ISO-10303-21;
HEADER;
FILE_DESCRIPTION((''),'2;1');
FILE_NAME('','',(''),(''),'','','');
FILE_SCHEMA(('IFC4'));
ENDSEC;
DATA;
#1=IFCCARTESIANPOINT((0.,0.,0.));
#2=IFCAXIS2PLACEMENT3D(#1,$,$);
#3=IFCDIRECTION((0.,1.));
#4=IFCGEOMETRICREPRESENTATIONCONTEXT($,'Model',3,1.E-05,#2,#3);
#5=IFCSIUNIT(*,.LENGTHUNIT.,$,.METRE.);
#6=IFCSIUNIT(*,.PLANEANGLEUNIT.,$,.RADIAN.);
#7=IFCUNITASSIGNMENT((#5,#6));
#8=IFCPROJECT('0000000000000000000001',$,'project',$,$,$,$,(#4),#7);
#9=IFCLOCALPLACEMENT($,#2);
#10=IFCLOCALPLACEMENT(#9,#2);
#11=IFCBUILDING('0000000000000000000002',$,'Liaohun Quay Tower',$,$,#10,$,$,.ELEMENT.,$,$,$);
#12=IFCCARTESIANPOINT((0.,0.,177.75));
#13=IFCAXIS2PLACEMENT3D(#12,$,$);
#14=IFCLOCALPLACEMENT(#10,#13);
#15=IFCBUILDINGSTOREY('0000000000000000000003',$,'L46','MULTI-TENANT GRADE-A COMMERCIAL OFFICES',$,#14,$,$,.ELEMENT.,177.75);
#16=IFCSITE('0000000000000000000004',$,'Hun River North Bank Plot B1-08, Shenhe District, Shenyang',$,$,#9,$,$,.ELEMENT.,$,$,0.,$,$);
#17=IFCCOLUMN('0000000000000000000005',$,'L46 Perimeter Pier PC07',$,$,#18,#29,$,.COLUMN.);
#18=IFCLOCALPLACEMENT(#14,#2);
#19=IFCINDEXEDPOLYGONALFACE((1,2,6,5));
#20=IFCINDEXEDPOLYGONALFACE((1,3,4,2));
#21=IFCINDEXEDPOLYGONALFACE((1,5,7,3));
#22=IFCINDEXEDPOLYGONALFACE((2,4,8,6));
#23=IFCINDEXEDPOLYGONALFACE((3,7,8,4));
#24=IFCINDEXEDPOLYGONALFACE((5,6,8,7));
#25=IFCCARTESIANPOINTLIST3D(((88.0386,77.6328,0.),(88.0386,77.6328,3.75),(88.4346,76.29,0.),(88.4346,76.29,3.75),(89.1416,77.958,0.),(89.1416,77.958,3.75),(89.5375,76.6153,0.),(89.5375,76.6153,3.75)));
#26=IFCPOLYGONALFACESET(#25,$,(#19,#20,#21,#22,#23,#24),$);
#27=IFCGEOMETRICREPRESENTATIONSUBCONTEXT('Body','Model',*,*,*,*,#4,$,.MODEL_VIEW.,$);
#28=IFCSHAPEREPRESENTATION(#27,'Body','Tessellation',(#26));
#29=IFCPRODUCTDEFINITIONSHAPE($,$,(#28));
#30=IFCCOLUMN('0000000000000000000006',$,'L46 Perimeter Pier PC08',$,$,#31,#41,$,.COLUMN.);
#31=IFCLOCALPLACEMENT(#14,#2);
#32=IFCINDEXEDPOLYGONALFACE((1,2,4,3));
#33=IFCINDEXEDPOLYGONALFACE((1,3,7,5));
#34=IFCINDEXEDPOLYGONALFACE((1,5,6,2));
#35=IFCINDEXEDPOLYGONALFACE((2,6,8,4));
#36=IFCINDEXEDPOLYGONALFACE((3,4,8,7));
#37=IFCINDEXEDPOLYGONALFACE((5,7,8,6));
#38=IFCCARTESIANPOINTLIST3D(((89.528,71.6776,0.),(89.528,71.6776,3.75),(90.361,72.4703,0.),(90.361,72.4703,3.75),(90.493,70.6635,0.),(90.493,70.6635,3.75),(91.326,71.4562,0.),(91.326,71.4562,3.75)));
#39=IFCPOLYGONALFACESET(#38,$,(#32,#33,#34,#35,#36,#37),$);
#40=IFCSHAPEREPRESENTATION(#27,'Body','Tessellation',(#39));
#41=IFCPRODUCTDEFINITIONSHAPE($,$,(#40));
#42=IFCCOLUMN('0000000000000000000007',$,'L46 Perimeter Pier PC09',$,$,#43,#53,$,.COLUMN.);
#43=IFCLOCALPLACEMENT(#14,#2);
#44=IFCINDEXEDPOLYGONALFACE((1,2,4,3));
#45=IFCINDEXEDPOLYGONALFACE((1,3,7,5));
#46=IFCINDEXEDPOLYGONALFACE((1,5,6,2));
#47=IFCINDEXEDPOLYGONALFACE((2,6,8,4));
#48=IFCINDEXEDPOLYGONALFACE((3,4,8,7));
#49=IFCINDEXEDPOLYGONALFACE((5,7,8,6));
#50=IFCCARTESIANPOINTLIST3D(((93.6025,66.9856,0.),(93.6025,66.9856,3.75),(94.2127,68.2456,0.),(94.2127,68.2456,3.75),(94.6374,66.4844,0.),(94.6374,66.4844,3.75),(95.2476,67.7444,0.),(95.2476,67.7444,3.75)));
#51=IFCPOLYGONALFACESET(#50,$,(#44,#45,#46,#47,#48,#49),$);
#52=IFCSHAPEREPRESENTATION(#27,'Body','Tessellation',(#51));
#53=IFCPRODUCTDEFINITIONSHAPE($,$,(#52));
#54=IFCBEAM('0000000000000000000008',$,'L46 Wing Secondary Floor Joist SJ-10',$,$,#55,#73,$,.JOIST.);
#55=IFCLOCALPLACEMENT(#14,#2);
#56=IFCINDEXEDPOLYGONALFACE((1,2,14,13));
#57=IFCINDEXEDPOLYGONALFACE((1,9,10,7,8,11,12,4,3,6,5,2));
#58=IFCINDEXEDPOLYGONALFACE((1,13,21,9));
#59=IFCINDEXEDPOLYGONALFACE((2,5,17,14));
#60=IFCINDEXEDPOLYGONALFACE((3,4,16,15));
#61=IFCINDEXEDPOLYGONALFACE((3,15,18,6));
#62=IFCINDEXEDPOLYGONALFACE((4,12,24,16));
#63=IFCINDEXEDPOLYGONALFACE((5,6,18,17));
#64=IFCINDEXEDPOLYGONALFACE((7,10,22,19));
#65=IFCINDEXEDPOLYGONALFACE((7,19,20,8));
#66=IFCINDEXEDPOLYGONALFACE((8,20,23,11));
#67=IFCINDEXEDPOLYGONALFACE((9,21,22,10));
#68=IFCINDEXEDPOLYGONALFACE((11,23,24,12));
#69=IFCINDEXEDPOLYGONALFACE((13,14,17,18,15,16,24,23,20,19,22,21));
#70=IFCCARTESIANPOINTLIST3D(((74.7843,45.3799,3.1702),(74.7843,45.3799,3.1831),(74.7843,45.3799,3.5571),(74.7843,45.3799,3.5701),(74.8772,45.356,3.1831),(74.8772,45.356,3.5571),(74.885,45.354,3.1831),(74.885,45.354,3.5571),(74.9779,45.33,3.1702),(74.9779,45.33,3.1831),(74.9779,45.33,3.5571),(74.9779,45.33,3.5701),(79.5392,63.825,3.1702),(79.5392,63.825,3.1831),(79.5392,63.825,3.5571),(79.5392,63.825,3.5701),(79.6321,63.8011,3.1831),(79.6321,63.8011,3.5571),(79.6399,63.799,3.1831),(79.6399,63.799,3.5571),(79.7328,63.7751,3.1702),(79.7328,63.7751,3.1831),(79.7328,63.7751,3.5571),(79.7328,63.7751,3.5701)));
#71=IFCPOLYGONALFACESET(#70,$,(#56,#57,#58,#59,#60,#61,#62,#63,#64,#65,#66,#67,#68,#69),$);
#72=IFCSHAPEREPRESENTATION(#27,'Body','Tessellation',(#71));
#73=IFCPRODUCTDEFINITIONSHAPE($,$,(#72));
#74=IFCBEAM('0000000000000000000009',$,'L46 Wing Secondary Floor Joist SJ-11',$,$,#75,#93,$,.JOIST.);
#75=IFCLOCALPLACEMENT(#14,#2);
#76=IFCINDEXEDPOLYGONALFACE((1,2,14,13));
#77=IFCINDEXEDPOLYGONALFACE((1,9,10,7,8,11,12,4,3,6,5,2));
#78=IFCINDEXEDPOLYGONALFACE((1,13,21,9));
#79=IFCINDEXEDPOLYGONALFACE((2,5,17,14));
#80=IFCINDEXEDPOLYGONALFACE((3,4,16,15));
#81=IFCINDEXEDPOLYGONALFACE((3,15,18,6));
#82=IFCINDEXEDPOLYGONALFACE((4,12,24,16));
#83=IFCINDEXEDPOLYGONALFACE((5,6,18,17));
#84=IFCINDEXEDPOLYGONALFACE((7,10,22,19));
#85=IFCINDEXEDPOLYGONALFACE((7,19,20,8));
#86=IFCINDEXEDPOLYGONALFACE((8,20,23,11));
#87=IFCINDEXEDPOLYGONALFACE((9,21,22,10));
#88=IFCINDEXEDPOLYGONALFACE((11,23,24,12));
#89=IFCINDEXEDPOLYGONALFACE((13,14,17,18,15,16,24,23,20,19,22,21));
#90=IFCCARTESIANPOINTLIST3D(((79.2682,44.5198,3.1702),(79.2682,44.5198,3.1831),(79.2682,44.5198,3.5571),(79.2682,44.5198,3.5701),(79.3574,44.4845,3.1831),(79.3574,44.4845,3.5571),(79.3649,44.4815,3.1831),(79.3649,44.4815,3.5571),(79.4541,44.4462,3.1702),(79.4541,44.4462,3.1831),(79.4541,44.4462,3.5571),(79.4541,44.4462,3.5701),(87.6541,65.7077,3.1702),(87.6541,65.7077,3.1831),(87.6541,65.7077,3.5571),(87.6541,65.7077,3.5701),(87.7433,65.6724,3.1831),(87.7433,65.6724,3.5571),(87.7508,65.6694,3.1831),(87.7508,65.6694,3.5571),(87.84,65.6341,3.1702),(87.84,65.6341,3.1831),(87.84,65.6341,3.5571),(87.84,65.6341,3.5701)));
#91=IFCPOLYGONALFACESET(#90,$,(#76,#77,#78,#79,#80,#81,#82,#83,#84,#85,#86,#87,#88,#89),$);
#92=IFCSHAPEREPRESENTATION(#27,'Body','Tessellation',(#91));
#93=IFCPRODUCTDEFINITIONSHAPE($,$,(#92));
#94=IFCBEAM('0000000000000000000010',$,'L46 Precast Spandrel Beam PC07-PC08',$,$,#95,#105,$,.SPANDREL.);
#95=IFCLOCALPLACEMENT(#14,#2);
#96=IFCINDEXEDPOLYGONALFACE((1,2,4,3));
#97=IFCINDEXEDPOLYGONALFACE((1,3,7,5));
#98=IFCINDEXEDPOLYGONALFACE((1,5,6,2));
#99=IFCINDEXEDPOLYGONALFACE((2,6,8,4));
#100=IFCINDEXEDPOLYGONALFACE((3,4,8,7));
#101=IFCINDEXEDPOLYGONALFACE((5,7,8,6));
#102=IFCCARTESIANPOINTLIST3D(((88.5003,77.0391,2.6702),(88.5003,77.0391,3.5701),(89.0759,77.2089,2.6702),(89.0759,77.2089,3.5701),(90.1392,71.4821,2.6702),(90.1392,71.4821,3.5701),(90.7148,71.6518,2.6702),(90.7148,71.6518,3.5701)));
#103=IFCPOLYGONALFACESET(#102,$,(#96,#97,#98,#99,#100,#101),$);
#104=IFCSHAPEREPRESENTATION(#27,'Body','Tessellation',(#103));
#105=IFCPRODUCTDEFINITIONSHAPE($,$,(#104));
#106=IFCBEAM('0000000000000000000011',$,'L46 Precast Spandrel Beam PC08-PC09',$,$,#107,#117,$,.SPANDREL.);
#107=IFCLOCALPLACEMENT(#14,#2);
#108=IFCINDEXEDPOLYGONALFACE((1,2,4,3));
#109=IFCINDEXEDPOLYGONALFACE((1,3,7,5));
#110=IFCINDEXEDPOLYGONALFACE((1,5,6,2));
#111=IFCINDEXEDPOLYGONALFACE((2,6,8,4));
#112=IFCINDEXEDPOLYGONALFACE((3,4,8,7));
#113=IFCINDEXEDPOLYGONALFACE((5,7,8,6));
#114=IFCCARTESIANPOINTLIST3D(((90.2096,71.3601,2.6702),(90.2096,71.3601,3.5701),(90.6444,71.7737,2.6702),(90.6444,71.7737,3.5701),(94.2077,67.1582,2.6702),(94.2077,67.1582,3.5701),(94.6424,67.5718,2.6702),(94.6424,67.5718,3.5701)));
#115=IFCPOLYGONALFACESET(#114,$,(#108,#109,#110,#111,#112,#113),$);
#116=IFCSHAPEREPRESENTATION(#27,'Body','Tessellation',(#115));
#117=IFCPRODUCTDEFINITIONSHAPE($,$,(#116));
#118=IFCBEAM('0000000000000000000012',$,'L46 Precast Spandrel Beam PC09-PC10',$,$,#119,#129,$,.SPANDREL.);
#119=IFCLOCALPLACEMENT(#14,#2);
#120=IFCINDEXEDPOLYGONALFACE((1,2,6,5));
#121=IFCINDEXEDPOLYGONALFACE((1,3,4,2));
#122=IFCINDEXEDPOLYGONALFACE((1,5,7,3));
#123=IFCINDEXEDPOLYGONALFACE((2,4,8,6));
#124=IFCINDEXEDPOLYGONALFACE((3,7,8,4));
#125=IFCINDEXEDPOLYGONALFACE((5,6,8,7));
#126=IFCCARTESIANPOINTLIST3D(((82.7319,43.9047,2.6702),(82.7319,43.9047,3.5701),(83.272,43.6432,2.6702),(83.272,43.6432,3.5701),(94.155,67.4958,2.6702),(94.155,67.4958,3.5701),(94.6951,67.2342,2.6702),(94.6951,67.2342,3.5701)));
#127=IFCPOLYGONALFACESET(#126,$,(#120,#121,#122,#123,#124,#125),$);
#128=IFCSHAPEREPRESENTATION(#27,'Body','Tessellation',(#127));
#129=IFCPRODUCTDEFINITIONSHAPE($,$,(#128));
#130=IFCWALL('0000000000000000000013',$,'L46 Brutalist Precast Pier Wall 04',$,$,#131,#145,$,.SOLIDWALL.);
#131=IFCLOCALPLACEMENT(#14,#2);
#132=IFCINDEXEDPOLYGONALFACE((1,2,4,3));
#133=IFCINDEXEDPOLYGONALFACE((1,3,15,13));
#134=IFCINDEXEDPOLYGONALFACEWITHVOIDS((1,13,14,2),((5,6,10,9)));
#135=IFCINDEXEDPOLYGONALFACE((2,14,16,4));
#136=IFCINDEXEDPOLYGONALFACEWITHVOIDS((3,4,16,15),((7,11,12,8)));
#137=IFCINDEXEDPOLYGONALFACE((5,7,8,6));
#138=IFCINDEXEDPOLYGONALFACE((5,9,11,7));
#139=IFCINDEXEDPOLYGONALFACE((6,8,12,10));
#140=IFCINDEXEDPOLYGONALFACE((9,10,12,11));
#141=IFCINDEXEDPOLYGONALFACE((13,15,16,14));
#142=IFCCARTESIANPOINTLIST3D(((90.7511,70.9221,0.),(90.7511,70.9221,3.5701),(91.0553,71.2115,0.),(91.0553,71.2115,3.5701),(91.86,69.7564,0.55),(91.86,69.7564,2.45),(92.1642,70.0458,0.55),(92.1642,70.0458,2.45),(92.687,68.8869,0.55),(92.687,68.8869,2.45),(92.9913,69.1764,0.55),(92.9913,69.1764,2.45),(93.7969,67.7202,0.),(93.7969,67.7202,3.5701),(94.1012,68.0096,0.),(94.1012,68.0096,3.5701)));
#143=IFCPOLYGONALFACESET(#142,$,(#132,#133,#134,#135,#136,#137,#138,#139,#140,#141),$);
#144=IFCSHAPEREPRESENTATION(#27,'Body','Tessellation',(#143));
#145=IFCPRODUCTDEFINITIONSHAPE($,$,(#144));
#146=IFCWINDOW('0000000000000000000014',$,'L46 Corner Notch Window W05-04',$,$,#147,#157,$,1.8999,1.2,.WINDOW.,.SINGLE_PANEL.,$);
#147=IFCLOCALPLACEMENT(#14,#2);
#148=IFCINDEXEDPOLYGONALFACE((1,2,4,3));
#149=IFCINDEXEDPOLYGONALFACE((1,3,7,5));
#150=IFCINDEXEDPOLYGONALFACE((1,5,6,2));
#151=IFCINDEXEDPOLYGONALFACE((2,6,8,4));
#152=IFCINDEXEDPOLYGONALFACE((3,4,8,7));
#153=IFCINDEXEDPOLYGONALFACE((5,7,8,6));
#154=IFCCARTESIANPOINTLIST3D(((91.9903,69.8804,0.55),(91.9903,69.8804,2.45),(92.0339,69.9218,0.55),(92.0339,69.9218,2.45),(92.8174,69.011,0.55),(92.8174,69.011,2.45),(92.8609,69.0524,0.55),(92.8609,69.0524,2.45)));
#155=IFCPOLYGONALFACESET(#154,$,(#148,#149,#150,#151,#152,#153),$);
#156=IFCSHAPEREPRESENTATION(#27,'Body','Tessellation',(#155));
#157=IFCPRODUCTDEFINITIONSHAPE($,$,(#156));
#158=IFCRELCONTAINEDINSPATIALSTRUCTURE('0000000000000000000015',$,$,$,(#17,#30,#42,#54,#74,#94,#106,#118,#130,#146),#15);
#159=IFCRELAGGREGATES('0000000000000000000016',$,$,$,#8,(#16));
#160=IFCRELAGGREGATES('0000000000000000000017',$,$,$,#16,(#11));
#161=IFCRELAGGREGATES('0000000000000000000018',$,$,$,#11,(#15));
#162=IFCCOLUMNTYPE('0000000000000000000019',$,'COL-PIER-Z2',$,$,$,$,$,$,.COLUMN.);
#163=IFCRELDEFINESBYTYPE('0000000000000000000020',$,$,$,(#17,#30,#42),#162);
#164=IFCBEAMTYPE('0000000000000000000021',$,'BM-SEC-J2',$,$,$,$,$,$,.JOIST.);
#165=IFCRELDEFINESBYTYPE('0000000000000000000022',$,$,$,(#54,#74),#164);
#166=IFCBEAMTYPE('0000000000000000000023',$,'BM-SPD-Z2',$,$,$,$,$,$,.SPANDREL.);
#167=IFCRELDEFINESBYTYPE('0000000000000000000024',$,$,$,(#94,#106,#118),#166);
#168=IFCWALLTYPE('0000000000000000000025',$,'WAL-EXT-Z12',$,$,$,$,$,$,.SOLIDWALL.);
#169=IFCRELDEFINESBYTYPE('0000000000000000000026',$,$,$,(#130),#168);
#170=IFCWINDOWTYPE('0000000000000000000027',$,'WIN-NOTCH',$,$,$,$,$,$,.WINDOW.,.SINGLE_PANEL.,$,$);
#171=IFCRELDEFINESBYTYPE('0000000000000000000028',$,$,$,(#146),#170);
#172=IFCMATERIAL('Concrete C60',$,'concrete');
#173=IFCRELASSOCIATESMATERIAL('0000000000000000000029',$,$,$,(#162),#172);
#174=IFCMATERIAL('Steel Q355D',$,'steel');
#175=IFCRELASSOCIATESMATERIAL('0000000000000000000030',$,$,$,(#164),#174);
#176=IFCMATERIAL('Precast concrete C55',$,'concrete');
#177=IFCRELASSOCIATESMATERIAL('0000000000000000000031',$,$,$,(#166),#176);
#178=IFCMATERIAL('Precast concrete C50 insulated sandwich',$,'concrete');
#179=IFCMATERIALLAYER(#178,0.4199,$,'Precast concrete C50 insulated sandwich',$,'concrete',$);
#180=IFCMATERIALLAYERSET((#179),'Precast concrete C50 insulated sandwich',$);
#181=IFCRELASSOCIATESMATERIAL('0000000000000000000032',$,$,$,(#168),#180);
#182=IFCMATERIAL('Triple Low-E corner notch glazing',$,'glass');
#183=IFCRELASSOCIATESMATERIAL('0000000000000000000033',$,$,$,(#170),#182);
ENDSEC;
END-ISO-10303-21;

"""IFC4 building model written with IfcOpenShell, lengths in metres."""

from ifc_helpers import new_model, si_unit, direction, frame, frame_2d, origin, origin_2d, place, context, subcontext, project, spatial, rectangle, i_section, extrude, source, transform, mapped, material, layer, layer_set, material_profile, profile_set, type_object, element, fill, save


model = new_model("IFC4")

# Units and contexts
model_context = context("Model", 3, precision=1e-05, world=origin(), true_north=direction((0.0, 1.0)))
body_context = subcontext(model_context, "Body", "Model", "MODEL_VIEW")
ifc_project = project(units=[si_unit("LENGTHUNIT", "METRE"), si_unit("PLANEANGLEUNIT", "RADIAN")], contexts=[model_context])

# Site, building, storey
site_placement = place(None, origin())
site = spatial("IfcSite", under=ifc_project, at=site_placement, Name="Hun River North Bank Plot B1-08, Shenhe District, Shenyang", CompositionType="ELEMENT", RefElevation=0.0)
building_placement = place(site_placement, origin())
building = spatial("IfcBuilding", under=site, at=building_placement, Name="Liaohun Quay Tower", CompositionType="ELEMENT")
storey_placement = place(building_placement, frame((0.0, 0.0, 177.75)))
storey = spatial("IfcBuildingStorey", under=building, at=storey_placement, Name="L46", Description="MULTI-TENANT GRADE-A COMMERCIAL OFFICES", CompositionType="ELEMENT", Elevation=177.75)

# Columns
ifc_material_1 = material(Name="Concrete C60", Category="concrete")
ifc_material_profile_1 = material_profile(ifc_material_1, rectangle(XDim=1.3999, YDim=1.1499, at=origin_2d()), Name="RC1400x1150")
ifc_profile_set_1 = profile_set([ifc_material_profile_1], Name="Concrete C60")
column_type = type_object("IfcColumnType", Name="COL-PIER-Z2", PredefinedType="COLUMN", material=ifc_profile_set_1)
shared_shape_1 = source(origin(), body_context, "Body", "SweptSolid", [
    extrude(rectangle(XDim=1.3999, YDim=1.1499, at=origin_2d()), origin(), (0.0, 0.0, 1.0), 3.75),
])
for number, where, z_axis, x_axis, name in (
    (1, (88.7881, 77.124, 0.0), (0.0, 0.0, 1.0), (-0.282844, 0.959166, 0.0), "L46 Perimeter Pier PC07"),
    (2, (90.427, 71.5669, 0.0), (0.0, 0.0, 1.0), (-0.689367, 0.724413, 0.0), "L46 Perimeter Pier PC08"),
    (3, (94.425, 67.365, 0.0), (0.0, 0.0, 1.0), (0.43586, 0.900015, 0.0), "L46 Perimeter Pier PC09"),
):
    element("IfcColumn", number, at=place(storey_placement, frame(where, z_axis=z_axis, x_axis=x_axis)), inside=storey, type_object=column_type, Name=name, PredefinedType="COLUMN", context=body_context, shape_type="MappedRepresentation", body=[
        mapped(shared_shape_1, transform((0.0, 0.0, 0.0), x_axis=(1.0, 0.0, 0.0), y_axis=(0.0, 1.0, 0.0), z_axis=(0.0, 0.0, 1.0), scale=1.0)),
    ])

# Beams
ifc_material_2 = material(Name="Steel Q355D", Category="steel")
ifc_material_profile_2 = material_profile(ifc_material_2, i_section(OverallWidth=0.2, OverallDepth=0.3999, WebThickness=0.0081, FlangeThickness=0.0129, at=origin_2d()), Name="HN400x200x8x13")
ifc_profile_set_2 = profile_set([ifc_material_profile_2], Name="Steel Q355D")
beam_type_1 = type_object("IfcBeamType", Name="BM-SEC-J2", PredefinedType="JOIST", material=ifc_profile_set_2)
shared_shape_2 = source(origin(), body_context, "Body", "SweptSolid", [
    extrude(i_section(OverallWidth=0.2, OverallDepth=0.3999, WebThickness=0.0081, FlangeThickness=0.0129, at=origin_2d()), origin(), (0.0, 0.0, 1.0), 19.0481),
])
beam_1_placement = place(storey_placement, frame((79.636, 63.8, 3.3701), z_axis=(-0.249625, -0.968343, 0.0), x_axis=(0.968343, -0.249625, 0.0)))
element("IfcBeam", 4, at=beam_1_placement, inside=storey, type_object=beam_type_1, Name="L46 Wing Secondary Floor Joist SJ-10", PredefinedType="JOIST", context=body_context, shape_type="MappedRepresentation", body=[
    mapped(shared_shape_2, transform((0.0, 0.0, 0.0), x_axis=(1.0, 0.0, 0.0), y_axis=(0.0, 1.0, 0.0), z_axis=(0.0, 0.0, 1.0), scale=1.0)),
])
shared_shape_3 = source(origin(), body_context, "Body", "SweptSolid", [
    extrude(i_section(OverallWidth=0.2, OverallDepth=0.3999, WebThickness=0.0081, FlangeThickness=0.0129, at=origin_2d()), origin(), (0.0, 0.0, 1.0), 22.7871),
])
beam_2_placement = place(storey_placement, frame((87.7471, 65.6709, 3.3701), z_axis=(-0.368013, -0.929821, 0.0), x_axis=(0.929821, -0.368013, 0.0)))
element("IfcBeam", 5, at=beam_2_placement, inside=storey, type_object=beam_type_1, Name="L46 Wing Secondary Floor Joist SJ-11", PredefinedType="JOIST", context=body_context, shape_type="MappedRepresentation", body=[
    mapped(shared_shape_3, transform((0.0, 0.0, 0.0), x_axis=(1.0, 0.0, 0.0), y_axis=(0.0, 1.0, 0.0), z_axis=(0.0, 0.0, 1.0), scale=1.0)),
])
ifc_material_3 = material(Name="Precast concrete C55", Category="concrete")
ifc_material_profile_3 = material_profile(ifc_material_3, rectangle(XDim=0.6001, YDim=0.8999, at=origin_2d()), Name="RC600x900")
ifc_profile_set_3 = profile_set([ifc_material_profile_3], Name="Precast concrete C55")
beam_type_2 = type_object("IfcBeamType", Name="BM-SPD-Z2", PredefinedType="SPANDREL", material=ifc_profile_set_3)
shared_shape_4 = source(origin(), body_context, "Body", "SweptSolid", [
    extrude(rectangle(XDim=0.6001, YDim=0.8999, at=origin_2d()), origin(), (0.0, 0.0, 1.0), 5.7937),
])
beam_3_placement = place(storey_placement, frame((88.7881, 77.124, 3.1201), z_axis=(0.282876, -0.959157, 0.0), x_axis=(0.959157, 0.282876, 0.0)))
element("IfcBeam", 6, at=beam_3_placement, inside=storey, type_object=beam_type_2, Name="L46 Precast Spandrel Beam PC07-PC08", PredefinedType="SPANDREL", context=body_context, shape_type="MappedRepresentation", body=[
    mapped(shared_shape_4, transform((0.0, 0.0, 0.0), x_axis=(1.0, 0.0, 0.0), y_axis=(0.0, 1.0, 0.0), z_axis=(0.0, 0.0, 1.0), scale=1.0)),
])
shared_shape_5 = source(origin(), body_context, "Body", "SweptSolid", [
    extrude(rectangle(XDim=0.6001, YDim=0.8999, at=origin_2d()), origin(), (0.0, 0.0, 1.0), 5.8),
])
beam_4_placement = place(storey_placement, frame((90.427, 71.5669, 3.1201), z_axis=(0.689315, -0.724462, 0.0), x_axis=(0.724462, 0.689315, 0.0)))
element("IfcBeam", 7, at=beam_4_placement, inside=storey, type_object=beam_type_2, Name="L46 Precast Spandrel Beam PC08-PC09", PredefinedType="SPANDREL", context=body_context, shape_type="MappedRepresentation", body=[
    mapped(shared_shape_5, transform((0.0, 0.0, 0.0), x_axis=(1.0, 0.0, 0.0), y_axis=(0.0, 1.0, 0.0), z_axis=(0.0, 0.0, 1.0), scale=1.0)),
])
shared_shape_6 = source(origin(), body_context, "Body", "SweptSolid", [
    extrude(rectangle(XDim=0.6001, YDim=0.8999, at=origin_2d()), origin(), (0.0, 0.0, 1.0), 26.2112),
])
beam_5_placement = place(storey_placement, frame((94.425, 67.365, 3.1201), z_axis=(-0.43581, -0.900039, 0.0), x_axis=(0.900039, -0.43581, 0.0)))
element("IfcBeam", 8, at=beam_5_placement, inside=storey, type_object=beam_type_2, Name="L46 Precast Spandrel Beam PC09-PC10", PredefinedType="SPANDREL", context=body_context, shape_type="MappedRepresentation", body=[
    mapped(shared_shape_6, transform((0.0, 0.0, 0.0), x_axis=(1.0, 0.0, 0.0), y_axis=(0.0, 1.0, 0.0), z_axis=(0.0, 0.0, 1.0), scale=1.0)),
])

# Wall, opening, window
ifc_material_4 = material(Name="Precast concrete C50 insulated sandwich", Category="concrete")
ifc_layer_1 = layer(ifc_material_4, 0.4199, Name="Precast concrete C50 insulated sandwich", Category="concrete")
ifc_layer_set_1 = layer_set([ifc_layer_1], Name="Precast concrete C50 insulated sandwich")
wall_type_1 = type_object("IfcWallType", Name="WAL-EXT-Z12", PredefinedType="SOLIDWALL", material=ifc_layer_set_1)
wall_1_placement = place(storey_placement, frame((93.949, 67.865, 0.0), z_axis=(0.0, 0.0, 1.0), x_axis=(-0.689236, 0.724537, 0.0)))
wall_1 = element("IfcWall", 9, at=wall_1_placement, inside=storey, type_object=wall_type_1, Name="L46 Brutalist Precast Pier Wall 04", PredefinedType="SOLIDWALL", context=body_context, shape_type="SweptSolid", body=[
    extrude(rectangle(XDim=4.4192, YDim=0.4199, at=frame_2d((2.2095, 0.0))), origin(), (0.0, 0.0, 1.0), 3.5701),
])
shared_shape_7 = source(origin(), body_context, "Body", "SweptSolid", [
    extrude(rectangle(XDim=1.2, YDim=1.8999, at=frame_2d((0.6001, 0.95))), frame((0.0, 0.22, 0.0), z_axis=(0.0, -1.0, 0.0), x_axis=(1.0, 0.0, 0.0)), (0.0, 0.0, 1.0), 0.4399),
])
opening_1_placement = place(wall_1_placement, frame((1.6101, 0.0, 0.55)))
opening_1 = element("IfcOpeningElement", 10, at=opening_1_placement, cuts=wall_1, PredefinedType="OPENING", context=body_context, shape_type="MappedRepresentation", body=[
    mapped(shared_shape_7, transform((0.0, 0.0, 0.0), x_axis=(1.0, 0.0, 0.0), y_axis=(0.0, 1.0, 0.0), z_axis=(0.0, 0.0, 1.0), scale=1.0)),
])
ifc_material_5 = material(Name="Triple Low-E corner notch glazing", Category="glass")
window_type_1 = type_object("IfcWindowType", Name="WIN-NOTCH", PartitioningType="SINGLE_PANEL", PredefinedType="WINDOW", material=ifc_material_5)
shared_shape_8 = source(origin(), body_context, "Body", "SweptSolid", [
    extrude(rectangle(XDim=1.2, YDim=1.8999, at=frame_2d((0.6001, 0.95))), frame((0.0, 0.03, 0.0), z_axis=(0.0, -1.0, 0.0), x_axis=(1.0, 0.0, 0.0)), (0.0, 0.0, 1.0), 0.0601),
])
window_1_placement = place(opening_1_placement, origin())
window_1 = element("IfcWindow", 11, at=window_1_placement, inside=storey, type_object=window_type_1, Name="L46 Corner Notch Window W05-04", OverallHeight=1.8999, OverallWidth=1.2, PartitioningType="SINGLE_PANEL", PredefinedType="WINDOW", context=body_context, shape_type="MappedRepresentation", body=[
    mapped(shared_shape_8, transform((0.0, 0.0, 0.0), x_axis=(1.0, 0.0, 0.0), y_axis=(0.0, 1.0, 0.0), z_axis=(0.0, 0.0, 1.0), scale=1.0)),
])
fill(opening_1, window_1)

save(model, "model.ifc")
